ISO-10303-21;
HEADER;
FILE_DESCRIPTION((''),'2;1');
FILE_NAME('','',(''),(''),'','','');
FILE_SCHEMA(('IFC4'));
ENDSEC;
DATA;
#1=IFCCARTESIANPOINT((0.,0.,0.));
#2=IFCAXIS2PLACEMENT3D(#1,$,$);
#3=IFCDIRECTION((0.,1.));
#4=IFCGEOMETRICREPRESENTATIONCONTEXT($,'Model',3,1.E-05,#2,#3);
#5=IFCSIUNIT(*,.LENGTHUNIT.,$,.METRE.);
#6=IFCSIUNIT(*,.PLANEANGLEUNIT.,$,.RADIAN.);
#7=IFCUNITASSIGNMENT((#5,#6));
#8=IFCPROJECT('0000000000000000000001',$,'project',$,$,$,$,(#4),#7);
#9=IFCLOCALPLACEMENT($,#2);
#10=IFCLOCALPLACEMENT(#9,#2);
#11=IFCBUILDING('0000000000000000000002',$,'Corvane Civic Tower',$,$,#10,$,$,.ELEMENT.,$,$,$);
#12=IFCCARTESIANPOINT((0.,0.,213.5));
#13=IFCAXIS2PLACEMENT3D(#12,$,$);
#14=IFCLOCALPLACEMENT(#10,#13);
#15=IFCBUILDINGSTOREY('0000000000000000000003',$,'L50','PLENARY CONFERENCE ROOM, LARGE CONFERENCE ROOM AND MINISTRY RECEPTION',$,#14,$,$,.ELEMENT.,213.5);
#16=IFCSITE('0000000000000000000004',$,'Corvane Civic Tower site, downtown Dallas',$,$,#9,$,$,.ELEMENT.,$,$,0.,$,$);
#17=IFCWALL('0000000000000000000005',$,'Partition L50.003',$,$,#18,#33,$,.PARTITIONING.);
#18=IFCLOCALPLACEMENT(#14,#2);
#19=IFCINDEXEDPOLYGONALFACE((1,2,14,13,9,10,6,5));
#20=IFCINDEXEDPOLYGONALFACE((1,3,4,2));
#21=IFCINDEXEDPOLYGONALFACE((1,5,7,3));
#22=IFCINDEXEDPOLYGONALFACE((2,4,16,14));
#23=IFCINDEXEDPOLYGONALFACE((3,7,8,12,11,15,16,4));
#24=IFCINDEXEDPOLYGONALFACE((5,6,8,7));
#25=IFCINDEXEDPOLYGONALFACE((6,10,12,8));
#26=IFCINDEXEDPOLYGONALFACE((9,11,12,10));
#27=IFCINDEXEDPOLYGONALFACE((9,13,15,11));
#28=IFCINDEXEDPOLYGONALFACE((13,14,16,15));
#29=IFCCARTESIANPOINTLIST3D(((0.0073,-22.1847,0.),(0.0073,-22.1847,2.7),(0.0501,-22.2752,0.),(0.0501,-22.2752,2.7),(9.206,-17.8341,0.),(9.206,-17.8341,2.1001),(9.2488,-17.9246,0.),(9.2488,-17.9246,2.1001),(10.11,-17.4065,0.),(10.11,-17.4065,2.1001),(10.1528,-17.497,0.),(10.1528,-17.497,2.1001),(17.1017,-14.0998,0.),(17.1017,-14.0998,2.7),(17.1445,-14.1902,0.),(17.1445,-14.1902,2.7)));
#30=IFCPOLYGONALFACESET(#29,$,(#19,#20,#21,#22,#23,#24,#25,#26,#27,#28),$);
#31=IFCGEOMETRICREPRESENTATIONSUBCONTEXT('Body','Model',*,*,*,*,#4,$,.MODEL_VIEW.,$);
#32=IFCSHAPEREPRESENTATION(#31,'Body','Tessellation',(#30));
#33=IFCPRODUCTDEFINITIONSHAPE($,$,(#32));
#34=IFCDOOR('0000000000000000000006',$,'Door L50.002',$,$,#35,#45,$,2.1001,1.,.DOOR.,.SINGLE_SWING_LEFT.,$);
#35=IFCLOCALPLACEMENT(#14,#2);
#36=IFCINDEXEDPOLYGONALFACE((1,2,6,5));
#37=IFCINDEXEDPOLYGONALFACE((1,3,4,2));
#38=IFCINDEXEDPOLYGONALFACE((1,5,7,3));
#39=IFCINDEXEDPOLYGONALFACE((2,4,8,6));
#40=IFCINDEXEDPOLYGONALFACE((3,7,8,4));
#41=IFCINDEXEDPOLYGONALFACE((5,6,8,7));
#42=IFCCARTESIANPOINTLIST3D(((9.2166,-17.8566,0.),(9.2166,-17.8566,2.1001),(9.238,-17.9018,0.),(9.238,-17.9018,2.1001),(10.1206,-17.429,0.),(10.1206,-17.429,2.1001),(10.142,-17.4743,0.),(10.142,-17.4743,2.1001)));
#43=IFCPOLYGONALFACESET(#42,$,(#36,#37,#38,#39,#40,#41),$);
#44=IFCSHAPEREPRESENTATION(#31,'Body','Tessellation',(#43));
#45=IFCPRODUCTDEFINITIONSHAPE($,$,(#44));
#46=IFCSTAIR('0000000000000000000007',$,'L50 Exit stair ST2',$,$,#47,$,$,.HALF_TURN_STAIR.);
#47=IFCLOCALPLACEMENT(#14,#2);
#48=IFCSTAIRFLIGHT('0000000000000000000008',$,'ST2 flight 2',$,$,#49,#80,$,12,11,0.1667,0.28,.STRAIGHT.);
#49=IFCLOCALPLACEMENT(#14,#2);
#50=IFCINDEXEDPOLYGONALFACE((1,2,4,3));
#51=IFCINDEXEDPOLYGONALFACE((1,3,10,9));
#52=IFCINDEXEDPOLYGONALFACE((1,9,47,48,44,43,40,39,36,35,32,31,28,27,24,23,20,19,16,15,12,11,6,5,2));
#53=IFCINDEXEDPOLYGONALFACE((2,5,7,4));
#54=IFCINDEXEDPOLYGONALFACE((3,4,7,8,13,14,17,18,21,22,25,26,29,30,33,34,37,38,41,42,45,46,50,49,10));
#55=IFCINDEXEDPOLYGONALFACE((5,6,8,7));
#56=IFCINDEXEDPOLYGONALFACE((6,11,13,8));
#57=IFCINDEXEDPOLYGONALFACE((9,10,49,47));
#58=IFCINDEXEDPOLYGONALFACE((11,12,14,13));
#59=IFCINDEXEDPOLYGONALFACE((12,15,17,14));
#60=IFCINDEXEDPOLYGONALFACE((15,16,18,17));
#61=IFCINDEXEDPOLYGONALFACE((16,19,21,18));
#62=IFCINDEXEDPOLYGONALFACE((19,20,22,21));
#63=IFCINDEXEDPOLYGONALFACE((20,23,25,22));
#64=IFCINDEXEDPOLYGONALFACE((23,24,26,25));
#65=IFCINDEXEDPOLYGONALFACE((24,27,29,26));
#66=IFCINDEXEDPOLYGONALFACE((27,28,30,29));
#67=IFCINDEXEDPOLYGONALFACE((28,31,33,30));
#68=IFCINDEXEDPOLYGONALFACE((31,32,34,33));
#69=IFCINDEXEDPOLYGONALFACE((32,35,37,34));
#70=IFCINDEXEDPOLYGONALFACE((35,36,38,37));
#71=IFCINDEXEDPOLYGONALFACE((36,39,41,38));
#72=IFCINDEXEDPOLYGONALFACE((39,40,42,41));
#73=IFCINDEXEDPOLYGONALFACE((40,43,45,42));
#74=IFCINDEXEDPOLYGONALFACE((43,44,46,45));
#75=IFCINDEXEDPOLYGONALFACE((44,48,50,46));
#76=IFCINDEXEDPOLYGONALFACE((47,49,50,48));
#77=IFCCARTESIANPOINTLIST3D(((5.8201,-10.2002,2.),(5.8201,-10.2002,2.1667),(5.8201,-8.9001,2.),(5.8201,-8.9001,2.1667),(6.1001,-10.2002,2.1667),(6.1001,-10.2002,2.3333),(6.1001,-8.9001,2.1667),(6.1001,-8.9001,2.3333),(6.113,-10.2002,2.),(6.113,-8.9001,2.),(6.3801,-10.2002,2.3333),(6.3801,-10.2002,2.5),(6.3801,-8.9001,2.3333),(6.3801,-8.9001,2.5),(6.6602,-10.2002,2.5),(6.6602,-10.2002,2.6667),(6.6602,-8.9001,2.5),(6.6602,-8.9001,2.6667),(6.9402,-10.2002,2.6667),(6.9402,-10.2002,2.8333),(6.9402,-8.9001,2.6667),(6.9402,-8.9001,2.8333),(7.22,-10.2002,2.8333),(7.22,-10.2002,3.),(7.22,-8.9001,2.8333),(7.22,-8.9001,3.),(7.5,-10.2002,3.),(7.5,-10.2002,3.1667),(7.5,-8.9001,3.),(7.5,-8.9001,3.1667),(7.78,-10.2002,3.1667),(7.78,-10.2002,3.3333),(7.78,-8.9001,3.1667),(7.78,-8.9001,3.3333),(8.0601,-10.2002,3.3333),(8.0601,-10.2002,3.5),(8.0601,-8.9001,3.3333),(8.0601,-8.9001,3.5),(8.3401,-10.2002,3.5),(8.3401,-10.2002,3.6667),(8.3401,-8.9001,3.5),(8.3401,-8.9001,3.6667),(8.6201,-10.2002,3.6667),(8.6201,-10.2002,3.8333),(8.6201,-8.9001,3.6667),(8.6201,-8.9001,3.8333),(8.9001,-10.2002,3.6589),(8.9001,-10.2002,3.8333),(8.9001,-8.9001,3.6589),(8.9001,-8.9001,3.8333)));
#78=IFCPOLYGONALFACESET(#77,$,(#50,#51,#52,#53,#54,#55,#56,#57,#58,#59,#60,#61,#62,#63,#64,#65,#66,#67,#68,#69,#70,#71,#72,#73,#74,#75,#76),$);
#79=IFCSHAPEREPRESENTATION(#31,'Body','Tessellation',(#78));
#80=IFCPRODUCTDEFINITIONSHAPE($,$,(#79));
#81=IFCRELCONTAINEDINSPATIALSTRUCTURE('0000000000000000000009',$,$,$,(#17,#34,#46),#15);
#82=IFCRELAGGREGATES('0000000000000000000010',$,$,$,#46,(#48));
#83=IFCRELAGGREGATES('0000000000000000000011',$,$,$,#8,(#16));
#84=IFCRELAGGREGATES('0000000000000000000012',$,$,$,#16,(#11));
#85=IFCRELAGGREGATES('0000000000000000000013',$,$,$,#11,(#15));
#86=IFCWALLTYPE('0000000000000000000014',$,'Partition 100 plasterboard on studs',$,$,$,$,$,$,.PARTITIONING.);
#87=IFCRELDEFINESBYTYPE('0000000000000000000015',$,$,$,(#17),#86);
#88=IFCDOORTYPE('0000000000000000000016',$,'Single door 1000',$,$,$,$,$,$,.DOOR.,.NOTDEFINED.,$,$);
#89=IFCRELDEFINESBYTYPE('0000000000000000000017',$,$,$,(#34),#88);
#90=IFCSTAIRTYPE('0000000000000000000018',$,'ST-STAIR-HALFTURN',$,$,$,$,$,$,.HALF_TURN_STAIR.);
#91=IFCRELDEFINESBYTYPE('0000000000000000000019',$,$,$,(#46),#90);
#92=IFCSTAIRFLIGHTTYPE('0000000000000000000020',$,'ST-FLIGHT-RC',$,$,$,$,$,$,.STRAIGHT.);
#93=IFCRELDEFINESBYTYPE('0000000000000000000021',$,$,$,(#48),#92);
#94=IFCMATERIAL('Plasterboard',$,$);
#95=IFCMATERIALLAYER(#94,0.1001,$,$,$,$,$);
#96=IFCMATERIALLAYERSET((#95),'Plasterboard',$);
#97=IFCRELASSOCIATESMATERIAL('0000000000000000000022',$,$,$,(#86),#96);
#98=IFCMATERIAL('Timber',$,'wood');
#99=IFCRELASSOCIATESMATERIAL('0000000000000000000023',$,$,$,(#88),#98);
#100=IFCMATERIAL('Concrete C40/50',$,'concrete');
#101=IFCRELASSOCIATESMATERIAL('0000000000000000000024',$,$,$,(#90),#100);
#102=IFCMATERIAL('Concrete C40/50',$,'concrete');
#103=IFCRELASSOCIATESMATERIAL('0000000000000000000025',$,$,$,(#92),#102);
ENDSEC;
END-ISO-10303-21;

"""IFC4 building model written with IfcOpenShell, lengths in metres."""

from ifc_helpers import new_model, si_unit, direction, frame, frame_2d, origin, place, context, subcontext, project, spatial, polyline, rectangle, outline, extrude, material, layer, layer_set, type_object, element, fill, aggregate, save


model = new_model("IFC4")

# Units and contexts
model_context = context("Model", 3, precision=1e-05, world=origin(), true_north=direction((0.0, 1.0)))
body_context = subcontext(model_context, "Body", "Model", "MODEL_VIEW")
ifc_project = project(units=[si_unit("LENGTHUNIT", "METRE"), si_unit("PLANEANGLEUNIT", "RADIAN")], contexts=[model_context])

# Site, building, storey
site_placement = place(None, origin())
site = spatial("IfcSite", under=ifc_project, at=site_placement, Name="Corvane Civic Tower site, downtown Dallas", CompositionType="ELEMENT", RefElevation=0.0)
building_placement = place(site_placement, origin())
building = spatial("IfcBuilding", under=site, at=building_placement, Name="Corvane Civic Tower", CompositionType="ELEMENT")
storey_placement = place(building_placement, frame((0.0, 0.0, 213.5)))
storey = spatial("IfcBuildingStorey", under=building, at=storey_placement, Name="L50", Description="PLENARY CONFERENCE ROOM, LARGE CONFERENCE ROOM AND MINISTRY RECEPTION", CompositionType="ELEMENT", Elevation=213.5)

# Shared definitions
ifc_material_1 = material(Name="Plasterboard")
ifc_layer_1 = layer(ifc_material_1, 0.1001)
ifc_layer_set_1 = layer_set([ifc_layer_1], Name="Plasterboard")
wall_type_1 = type_object("IfcWallType", Name="Partition 100 plasterboard on studs", PredefinedType="PARTITIONING", material=ifc_layer_set_1)

# Wall, opening, door
wall_1_placement = place(storey_placement, frame((0.0286, -22.23, 0.0), z_axis=(0.0, 0.0, 1.0), x_axis=(0.903992, 0.42755, 0.0)))
wall_1 = element("IfcWall", 1, at=wall_1_placement, inside=storey, type_object=wall_type_1, Name="Partition L50.003", PredefinedType="PARTITIONING", context=body_context, shape_type="SweptSolid", body=[
    extrude(rectangle(XDim=18.9099, YDim=0.1001, at=frame_2d((9.4551, 0.0))), origin(), (0.0, 0.0, 1.0), 2.7),
])
opening_1_placement = place(wall_1_placement, frame((10.1758, 0.0, 0.0)))
opening_1 = element("IfcOpeningElement", 2, at=opening_1_placement, cuts=wall_1, PredefinedType="OPENING", context=body_context, shape_type="SweptSolid", body=[
    extrude(rectangle(XDim=1.0, YDim=2.1001, at=frame_2d((0.5, 1.05))), frame((0.0, 0.0601, 0.0), z_axis=(0.0, -1.0, 0.0), x_axis=(1.0, 0.0, 0.0)), (0.0, 0.0, 1.0), 0.1201),
])
ifc_material_2 = material(Name="Timber", Category="wood")
door_type_1 = type_object("IfcDoorType", Name="Single door 1000", OperationType="NOTDEFINED", PredefinedType="DOOR", material=ifc_material_2)
door_1_placement = place(opening_1_placement, frame((1.0, 0.0, 0.0), z_axis=(0.0, 0.0, 1.0), x_axis=(-1.0, 0.0, 0.0)))
door_1 = element("IfcDoor", 3, at=door_1_placement, inside=storey, type_object=door_type_1, Name="Door L50.002", OperationType="SINGLE_SWING_LEFT", OverallHeight=2.1001, OverallWidth=1.0, PredefinedType="DOOR", context=body_context, shape_type="SweptSolid", body=[
    extrude(rectangle(XDim=1.0, YDim=2.1001, at=frame_2d((0.5, 1.05))), frame((0.0, 0.0249, 0.0), z_axis=(0.0, -1.0, 0.0), x_axis=(1.0, 0.0, 0.0)), (0.0, 0.0, 1.0), 0.05),
])
fill(opening_1, door_1)

# Stair, stair flight
ifc_material_3 = material(Name="Concrete C40/50", Category="concrete")
stair_type = type_object("IfcStairType", Name="ST-STAIR-HALFTURN", PredefinedType="HALF_TURN_STAIR", material=ifc_material_3)
stair_placement = place(storey_placement, origin())
stair = element("IfcStair", 4, at=stair_placement, inside=storey, type_object=stair_type, Name="L50 Exit stair ST2", PredefinedType="HALF_TURN_STAIR")
ifc_material_4 = material(Name="Concrete C40/50", Category="concrete")
stair_flight_type = type_object("IfcStairFlightType", Name="ST-FLIGHT-RC", PredefinedType="STRAIGHT", material=ifc_material_4)
stair_flight_placement = place(storey_placement, frame((5.8201, -9.55, 2.0), z_axis=(0.0, 0.0, 1.0), x_axis=(1.0, 0.0, 0.0)))
stair_flight = element("IfcStairFlight", 5, at=stair_flight_placement, type_object=stair_flight_type, Name="ST2 flight 2", NumberOfRisers=12, NumberOfTreads=11, PredefinedType="STRAIGHT", RiserHeight=0.1667, TreadLength=0.28, context=body_context, shape_type="SweptSolid", body=[
    extrude(outline(polyline([(0.0, 0.0), (0.0, 0.1667), (0.28, 0.1667), (0.28, 0.3333), (0.5601, 0.3333), (0.5601, 0.5), (0.8401, 0.5), (0.8401, 0.6667), (1.1201, 0.6667), (1.1201, 0.8333), (1.3999, 0.8333), (1.3999, 1.0), (1.6799, 1.0), (1.6799, 1.1667), (1.96, 1.1667), (1.96, 1.3333), (2.24, 1.3333), (2.24, 1.5), (2.52, 1.5), (2.52, 1.6667), (2.8, 1.6667), (2.8, 1.8333), (3.0801, 1.8333), (3.0801, 2.0), (3.0801, 1.6589), (0.293, 0.0), (0.0, 0.0)])), frame((0.0, 0.6499, 0.0), z_axis=(0.0, -1.0, 0.0), x_axis=(1.0, 0.0, 0.0)), (0.0, 0.0, 1.0), 1.3),
])
aggregate(stair, [stair_flight])

save(model, "model.ifc")
